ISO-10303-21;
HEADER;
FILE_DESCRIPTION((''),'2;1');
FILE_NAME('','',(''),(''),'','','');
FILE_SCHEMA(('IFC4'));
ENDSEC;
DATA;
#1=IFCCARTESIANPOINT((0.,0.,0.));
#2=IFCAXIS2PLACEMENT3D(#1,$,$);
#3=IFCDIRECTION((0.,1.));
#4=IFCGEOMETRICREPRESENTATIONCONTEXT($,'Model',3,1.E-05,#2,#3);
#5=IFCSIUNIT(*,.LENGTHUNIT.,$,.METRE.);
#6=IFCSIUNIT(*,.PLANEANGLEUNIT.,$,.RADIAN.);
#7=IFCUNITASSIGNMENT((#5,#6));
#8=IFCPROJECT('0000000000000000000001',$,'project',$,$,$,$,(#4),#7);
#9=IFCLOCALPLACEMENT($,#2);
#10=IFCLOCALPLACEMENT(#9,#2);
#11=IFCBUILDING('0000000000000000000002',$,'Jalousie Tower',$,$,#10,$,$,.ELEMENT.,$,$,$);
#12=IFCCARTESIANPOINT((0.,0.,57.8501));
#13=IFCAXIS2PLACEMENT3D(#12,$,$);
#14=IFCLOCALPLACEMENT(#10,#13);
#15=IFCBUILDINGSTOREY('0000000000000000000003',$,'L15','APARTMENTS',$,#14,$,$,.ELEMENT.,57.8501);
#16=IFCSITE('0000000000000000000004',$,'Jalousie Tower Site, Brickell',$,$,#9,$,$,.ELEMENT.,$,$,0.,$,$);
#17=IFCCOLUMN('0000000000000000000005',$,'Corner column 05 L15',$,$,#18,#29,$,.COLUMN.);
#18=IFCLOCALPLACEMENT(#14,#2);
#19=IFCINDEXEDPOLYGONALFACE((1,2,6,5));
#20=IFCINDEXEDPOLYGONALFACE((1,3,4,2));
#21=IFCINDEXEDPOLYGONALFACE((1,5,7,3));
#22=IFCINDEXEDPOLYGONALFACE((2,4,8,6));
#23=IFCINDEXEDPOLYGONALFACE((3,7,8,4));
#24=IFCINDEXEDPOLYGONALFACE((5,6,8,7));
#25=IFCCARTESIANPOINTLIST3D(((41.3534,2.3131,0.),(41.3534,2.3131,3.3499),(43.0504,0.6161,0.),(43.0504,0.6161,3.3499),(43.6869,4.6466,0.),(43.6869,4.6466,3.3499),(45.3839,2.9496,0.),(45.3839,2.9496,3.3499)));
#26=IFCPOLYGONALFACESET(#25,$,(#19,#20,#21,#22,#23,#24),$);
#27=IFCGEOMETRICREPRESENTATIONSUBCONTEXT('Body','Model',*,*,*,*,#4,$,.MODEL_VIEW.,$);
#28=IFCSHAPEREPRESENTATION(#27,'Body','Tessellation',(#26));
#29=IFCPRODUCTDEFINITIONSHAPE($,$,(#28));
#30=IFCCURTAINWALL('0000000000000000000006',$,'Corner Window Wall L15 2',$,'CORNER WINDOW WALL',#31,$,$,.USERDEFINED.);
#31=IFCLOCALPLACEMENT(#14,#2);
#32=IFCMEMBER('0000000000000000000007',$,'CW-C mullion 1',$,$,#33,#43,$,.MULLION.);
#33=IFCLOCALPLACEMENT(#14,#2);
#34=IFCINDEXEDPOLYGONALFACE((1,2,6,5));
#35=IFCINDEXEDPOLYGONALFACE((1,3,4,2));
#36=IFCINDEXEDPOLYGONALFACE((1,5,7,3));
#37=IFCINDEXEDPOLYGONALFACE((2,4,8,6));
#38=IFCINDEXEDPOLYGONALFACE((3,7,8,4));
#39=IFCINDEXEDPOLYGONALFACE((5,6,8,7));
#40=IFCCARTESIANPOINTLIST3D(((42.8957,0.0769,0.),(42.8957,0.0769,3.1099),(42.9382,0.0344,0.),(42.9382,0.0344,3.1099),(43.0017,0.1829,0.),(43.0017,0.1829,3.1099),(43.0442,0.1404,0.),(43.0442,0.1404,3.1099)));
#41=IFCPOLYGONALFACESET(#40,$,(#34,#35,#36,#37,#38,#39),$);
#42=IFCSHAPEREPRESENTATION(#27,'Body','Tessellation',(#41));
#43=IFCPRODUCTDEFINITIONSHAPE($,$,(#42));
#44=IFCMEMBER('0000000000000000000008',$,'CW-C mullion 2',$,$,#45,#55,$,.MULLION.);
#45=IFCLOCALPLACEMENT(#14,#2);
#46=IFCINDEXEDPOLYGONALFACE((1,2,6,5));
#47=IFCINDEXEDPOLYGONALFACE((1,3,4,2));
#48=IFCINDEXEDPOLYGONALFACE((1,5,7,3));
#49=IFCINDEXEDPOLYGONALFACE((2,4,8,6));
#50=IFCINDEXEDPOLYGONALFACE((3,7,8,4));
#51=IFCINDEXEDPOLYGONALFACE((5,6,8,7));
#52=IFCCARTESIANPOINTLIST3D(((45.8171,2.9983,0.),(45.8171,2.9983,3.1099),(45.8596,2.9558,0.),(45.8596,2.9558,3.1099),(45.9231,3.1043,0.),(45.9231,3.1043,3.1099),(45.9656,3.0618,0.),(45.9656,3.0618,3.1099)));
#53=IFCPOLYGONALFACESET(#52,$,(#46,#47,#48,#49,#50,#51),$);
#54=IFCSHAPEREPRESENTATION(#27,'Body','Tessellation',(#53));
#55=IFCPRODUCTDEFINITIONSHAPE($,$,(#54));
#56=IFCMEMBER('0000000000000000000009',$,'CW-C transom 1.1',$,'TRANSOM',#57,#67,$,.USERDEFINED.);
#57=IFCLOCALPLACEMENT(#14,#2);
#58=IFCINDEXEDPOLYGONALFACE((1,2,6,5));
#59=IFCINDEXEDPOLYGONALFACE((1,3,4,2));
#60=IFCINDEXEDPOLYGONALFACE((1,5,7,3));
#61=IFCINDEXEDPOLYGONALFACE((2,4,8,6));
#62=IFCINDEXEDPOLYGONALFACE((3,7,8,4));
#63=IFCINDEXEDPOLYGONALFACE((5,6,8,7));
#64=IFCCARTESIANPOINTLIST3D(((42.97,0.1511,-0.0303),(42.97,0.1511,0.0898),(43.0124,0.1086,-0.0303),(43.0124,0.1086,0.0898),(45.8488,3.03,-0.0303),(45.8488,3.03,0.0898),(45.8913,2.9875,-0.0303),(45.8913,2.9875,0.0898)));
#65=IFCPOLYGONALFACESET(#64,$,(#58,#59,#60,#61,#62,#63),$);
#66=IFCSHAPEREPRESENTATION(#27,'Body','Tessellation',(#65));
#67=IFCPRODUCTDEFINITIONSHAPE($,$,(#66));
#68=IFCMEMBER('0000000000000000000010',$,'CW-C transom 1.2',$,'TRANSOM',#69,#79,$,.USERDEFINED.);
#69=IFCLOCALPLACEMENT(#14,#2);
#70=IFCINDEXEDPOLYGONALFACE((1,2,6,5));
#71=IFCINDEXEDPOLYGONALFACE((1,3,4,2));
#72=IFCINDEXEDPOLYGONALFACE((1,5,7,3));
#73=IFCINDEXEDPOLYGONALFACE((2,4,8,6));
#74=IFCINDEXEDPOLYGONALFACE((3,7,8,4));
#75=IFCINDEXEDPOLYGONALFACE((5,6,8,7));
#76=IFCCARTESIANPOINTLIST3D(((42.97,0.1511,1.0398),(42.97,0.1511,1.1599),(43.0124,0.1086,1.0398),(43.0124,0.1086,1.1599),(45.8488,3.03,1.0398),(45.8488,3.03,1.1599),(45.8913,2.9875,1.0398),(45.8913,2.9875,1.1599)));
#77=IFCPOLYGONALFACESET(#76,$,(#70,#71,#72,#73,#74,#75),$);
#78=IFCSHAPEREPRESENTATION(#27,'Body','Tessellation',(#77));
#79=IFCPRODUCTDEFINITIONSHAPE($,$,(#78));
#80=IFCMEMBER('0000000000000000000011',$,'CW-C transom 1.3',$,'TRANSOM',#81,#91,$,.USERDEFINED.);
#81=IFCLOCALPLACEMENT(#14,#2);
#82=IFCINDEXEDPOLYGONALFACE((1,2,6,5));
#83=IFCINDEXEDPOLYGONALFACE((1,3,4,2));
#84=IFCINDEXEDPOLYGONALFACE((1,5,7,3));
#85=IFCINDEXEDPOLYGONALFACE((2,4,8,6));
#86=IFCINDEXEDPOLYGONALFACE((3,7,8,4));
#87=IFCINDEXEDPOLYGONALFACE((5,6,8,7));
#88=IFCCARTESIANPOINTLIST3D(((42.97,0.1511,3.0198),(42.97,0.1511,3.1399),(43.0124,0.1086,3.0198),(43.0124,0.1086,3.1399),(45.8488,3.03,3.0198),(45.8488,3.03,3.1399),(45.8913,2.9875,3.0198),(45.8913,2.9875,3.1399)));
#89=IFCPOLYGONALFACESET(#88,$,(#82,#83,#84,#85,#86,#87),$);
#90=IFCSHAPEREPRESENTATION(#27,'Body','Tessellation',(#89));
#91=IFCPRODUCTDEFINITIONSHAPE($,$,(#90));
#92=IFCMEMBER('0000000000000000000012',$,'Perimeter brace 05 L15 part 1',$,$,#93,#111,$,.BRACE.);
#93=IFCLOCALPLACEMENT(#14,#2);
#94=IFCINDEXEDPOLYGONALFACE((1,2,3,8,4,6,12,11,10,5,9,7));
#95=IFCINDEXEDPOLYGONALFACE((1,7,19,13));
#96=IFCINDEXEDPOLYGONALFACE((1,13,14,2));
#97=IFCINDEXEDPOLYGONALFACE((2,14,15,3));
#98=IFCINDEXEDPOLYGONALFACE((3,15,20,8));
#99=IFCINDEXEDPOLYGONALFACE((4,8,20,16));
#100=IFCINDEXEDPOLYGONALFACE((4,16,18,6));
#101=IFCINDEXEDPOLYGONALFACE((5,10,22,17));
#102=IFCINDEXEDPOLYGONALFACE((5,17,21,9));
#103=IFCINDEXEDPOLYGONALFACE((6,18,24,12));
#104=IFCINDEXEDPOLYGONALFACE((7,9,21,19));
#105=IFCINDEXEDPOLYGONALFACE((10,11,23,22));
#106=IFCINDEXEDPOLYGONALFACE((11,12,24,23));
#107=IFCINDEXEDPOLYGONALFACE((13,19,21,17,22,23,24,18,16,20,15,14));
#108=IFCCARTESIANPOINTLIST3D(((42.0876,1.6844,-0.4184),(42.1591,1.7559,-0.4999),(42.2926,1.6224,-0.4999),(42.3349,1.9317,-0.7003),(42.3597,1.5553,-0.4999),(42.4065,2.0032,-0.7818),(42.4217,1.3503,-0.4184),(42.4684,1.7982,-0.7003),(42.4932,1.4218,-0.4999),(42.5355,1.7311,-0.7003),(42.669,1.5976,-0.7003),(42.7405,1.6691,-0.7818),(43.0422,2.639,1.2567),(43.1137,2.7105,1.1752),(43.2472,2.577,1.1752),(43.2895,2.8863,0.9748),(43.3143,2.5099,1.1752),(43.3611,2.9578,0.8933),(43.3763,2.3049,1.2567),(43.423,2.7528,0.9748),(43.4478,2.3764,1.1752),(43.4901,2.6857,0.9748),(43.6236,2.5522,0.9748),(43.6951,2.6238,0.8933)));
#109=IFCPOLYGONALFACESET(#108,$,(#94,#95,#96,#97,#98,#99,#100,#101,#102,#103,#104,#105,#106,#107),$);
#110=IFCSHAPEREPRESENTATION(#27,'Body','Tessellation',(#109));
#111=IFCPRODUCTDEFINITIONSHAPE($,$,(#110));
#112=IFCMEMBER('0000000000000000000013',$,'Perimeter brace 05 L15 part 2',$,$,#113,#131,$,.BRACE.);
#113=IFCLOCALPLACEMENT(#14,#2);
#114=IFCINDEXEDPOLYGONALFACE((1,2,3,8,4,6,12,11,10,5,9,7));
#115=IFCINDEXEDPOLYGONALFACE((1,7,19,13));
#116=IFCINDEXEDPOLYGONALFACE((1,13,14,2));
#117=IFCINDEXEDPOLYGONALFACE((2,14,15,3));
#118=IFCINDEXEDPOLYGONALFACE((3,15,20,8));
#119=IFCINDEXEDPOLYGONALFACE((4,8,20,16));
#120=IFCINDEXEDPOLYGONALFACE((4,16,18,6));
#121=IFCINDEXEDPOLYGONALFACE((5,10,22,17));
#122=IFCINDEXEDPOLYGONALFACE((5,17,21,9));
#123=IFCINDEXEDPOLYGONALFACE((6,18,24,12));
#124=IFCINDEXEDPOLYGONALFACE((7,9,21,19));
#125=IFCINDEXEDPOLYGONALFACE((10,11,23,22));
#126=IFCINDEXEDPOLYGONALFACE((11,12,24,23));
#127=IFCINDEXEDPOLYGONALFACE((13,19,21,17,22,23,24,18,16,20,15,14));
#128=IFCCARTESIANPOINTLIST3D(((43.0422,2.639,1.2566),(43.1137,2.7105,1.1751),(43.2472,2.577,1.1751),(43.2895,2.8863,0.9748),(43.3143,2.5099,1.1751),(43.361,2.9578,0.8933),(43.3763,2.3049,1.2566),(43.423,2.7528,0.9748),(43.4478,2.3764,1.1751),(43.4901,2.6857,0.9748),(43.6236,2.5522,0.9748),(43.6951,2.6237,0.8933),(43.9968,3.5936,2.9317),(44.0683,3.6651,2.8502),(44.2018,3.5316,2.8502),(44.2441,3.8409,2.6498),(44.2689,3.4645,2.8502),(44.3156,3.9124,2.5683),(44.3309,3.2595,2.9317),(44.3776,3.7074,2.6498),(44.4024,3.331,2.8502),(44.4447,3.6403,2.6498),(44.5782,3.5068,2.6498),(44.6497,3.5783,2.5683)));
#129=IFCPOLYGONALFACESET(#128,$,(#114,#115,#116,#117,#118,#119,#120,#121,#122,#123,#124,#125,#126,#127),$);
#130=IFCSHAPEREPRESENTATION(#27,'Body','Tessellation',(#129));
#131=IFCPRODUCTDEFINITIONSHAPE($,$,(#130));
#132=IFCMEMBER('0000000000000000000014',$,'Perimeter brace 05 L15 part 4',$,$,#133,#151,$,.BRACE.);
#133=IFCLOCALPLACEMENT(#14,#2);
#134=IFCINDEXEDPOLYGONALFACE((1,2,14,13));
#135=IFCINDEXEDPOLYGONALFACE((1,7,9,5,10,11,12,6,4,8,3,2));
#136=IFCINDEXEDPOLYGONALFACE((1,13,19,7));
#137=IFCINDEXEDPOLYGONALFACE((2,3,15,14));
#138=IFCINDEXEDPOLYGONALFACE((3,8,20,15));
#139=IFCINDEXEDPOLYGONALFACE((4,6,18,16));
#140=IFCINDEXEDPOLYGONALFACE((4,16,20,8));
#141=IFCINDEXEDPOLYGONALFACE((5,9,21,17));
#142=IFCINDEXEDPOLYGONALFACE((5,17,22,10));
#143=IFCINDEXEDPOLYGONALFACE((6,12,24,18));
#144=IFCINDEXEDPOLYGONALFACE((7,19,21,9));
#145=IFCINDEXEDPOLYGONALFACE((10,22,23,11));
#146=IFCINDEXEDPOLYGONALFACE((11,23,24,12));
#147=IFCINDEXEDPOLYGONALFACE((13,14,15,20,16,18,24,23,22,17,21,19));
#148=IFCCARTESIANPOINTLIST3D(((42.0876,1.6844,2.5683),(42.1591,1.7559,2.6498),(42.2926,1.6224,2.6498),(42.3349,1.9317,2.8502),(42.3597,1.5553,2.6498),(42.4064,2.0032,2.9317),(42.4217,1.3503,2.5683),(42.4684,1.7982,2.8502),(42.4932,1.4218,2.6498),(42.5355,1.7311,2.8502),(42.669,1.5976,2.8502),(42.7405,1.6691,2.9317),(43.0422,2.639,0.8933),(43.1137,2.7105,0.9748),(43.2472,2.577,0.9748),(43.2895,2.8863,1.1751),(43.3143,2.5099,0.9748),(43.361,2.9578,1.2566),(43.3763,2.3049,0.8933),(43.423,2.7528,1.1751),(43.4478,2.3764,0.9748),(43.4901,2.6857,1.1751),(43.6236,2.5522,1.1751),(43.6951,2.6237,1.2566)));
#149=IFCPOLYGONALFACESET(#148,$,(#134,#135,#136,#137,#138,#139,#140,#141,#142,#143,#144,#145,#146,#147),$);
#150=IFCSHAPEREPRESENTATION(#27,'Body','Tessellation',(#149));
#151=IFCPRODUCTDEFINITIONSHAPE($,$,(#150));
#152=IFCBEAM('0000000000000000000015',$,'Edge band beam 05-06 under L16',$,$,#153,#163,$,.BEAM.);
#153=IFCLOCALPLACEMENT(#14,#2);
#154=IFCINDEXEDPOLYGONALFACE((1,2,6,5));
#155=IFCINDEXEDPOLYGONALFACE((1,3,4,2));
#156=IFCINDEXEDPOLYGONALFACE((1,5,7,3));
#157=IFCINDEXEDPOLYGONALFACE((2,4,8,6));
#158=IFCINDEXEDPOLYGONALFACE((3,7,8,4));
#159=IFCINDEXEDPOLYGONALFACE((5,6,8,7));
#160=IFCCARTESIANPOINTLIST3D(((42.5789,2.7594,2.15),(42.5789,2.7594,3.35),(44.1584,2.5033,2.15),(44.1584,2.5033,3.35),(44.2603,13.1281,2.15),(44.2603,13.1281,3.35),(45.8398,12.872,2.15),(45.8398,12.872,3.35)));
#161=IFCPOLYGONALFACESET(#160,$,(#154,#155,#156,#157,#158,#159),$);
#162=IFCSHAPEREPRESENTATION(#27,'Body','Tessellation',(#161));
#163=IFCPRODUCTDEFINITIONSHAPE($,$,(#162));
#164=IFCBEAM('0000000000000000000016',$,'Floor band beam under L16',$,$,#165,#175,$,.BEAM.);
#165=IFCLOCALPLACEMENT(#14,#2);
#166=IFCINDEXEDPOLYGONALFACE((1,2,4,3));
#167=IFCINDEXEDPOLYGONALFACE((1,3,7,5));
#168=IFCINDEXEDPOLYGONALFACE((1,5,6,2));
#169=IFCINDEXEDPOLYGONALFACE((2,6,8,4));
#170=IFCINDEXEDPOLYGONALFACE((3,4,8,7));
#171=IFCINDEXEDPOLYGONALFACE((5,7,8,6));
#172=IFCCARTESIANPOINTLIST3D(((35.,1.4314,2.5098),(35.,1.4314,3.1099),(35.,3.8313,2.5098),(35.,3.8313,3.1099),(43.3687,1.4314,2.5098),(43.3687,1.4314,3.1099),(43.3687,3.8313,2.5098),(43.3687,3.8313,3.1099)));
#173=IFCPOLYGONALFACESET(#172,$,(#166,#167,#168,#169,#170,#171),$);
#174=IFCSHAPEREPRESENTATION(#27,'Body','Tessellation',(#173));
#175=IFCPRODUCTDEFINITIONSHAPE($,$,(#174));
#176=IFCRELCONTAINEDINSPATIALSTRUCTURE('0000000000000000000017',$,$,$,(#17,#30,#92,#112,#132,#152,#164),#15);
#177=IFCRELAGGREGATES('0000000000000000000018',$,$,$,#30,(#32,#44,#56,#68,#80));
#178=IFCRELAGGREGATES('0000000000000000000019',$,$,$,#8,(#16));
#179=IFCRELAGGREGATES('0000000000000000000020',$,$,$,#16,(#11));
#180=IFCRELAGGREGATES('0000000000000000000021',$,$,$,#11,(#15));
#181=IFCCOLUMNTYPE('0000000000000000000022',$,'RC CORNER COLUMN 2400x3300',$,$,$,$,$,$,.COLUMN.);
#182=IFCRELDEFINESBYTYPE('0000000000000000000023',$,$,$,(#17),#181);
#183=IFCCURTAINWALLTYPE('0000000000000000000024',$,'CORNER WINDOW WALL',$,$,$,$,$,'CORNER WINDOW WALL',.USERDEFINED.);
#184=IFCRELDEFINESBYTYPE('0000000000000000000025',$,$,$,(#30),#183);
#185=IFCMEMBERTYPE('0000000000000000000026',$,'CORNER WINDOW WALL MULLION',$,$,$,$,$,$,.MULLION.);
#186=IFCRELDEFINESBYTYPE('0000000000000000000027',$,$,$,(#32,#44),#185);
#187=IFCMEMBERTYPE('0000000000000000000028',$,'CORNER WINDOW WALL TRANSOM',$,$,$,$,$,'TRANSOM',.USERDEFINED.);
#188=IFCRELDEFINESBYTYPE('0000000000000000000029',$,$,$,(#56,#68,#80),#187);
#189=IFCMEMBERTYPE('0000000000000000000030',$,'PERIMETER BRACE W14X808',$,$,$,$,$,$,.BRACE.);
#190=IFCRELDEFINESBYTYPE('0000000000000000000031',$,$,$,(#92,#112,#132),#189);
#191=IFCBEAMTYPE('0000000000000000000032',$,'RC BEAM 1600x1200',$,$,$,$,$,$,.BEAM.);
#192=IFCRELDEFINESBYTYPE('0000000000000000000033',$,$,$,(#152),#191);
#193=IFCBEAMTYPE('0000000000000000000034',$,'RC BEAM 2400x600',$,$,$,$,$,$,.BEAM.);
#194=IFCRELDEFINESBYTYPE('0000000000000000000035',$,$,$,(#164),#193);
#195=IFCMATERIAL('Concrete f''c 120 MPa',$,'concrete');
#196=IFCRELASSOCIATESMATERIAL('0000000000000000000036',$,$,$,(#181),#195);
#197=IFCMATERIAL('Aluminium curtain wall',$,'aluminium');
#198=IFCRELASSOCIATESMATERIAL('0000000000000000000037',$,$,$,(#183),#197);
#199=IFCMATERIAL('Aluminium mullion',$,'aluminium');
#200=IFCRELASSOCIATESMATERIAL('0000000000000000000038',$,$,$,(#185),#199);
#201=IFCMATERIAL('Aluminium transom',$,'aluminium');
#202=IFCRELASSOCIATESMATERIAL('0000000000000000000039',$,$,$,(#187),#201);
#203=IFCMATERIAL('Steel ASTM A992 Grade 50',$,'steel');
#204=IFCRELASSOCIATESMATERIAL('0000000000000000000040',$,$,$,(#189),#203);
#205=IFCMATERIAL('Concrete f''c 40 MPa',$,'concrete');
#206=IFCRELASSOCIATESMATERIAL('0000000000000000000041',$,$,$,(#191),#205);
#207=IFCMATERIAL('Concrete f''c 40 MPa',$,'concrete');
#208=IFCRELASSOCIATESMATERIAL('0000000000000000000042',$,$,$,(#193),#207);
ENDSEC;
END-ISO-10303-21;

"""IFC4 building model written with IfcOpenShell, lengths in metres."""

from ifc_helpers import new_model, si_unit, direction, frame, origin, origin_2d, place, context, subcontext, project, spatial, rectangle, i_section, extrude, material, material_profile, profile_set, type_object, element, aggregate, save


model = new_model("IFC4")

# Units and contexts
model_context = context("Model", 3, precision=1e-05, world=origin(), true_north=direction((0.0, 1.0)))
body_context = subcontext(model_context, "Body", "Model", "MODEL_VIEW")
ifc_project = project(units=[si_unit("LENGTHUNIT", "METRE"), si_unit("PLANEANGLEUNIT", "RADIAN")], contexts=[model_context])

# Site, building, storey
site_placement = place(None, origin())
site = spatial("IfcSite", under=ifc_project, at=site_placement, Name="Jalousie Tower Site, Brickell", CompositionType="ELEMENT", RefElevation=0.0)
building_placement = place(site_placement, origin())
building = spatial("IfcBuilding", under=site, at=building_placement, Name="Jalousie Tower", CompositionType="ELEMENT")
storey_placement = place(building_placement, frame((0.0, 0.0, 57.8501)))
storey = spatial("IfcBuildingStorey", under=building, at=storey_placement, Name="L15", Description="APARTMENTS", CompositionType="ELEMENT", Elevation=57.8501)

# Column
ifc_material_1 = material(Name="Concrete f'c 120 MPa", Category="concrete")
ifc_material_profile_1 = material_profile(ifc_material_1, rectangle(XDim=2.3999, YDim=3.3, at=origin_2d()), Name="RC 2400x3300")
ifc_profile_set_1 = profile_set([ifc_material_profile_1], Name="Concrete f'c 120 MPa")
column_type = type_object("IfcColumnType", Name="RC CORNER COLUMN 2400x3300", PredefinedType="COLUMN", material=ifc_profile_set_1)
column_placement = place(storey_placement, frame((43.3687, 2.6313, 0.0), z_axis=(0.0, 0.0, 1.0), x_axis=(-0.707107, 0.707107, 0.0)))
element("IfcColumn", 1, at=column_placement, inside=storey, type_object=column_type, Name="Corner column 05 L15", PredefinedType="COLUMN", context=body_context, shape_type="SweptSolid", body=[
    extrude(rectangle(XDim=2.3999, YDim=3.3, at=origin_2d()), origin(), (0.0, 0.0, 1.0), 3.3499),
])

# Curtain wall, members
ifc_material_2 = material(Name="Aluminium curtain wall", Category="aluminium")
curtain_wall_type_1 = type_object("IfcCurtainWallType", Name="CORNER WINDOW WALL", ElementType="CORNER WINDOW WALL", PredefinedType="USERDEFINED", material=ifc_material_2)
curtain_wall_1_placement = place(storey_placement, origin())
curtain_wall_1 = element("IfcCurtainWall", 2, at=curtain_wall_1_placement, inside=storey, type_object=curtain_wall_type_1, Name="Corner Window Wall L15 2", ObjectType="CORNER WINDOW WALL", PredefinedType="USERDEFINED")
ifc_material_3 = material(Name="Aluminium mullion", Category="aluminium")
ifc_material_profile_2 = material_profile(ifc_material_3, rectangle(XDim=0.0601, YDim=0.1499, at=origin_2d()), Name="MULLION 60x150")
ifc_profile_set_2 = profile_set([ifc_material_profile_2], Name="Aluminium mullion")
member_type_1 = type_object("IfcMemberType", Name="CORNER WINDOW WALL MULLION", PredefinedType="MULLION", material=ifc_profile_set_2)
member_1_placement = place(storey_placement, frame((42.97, 0.1086, 0.0), z_axis=(0.0, 0.0, 1.0), x_axis=(-0.707107, 0.707107, 0.0)))
member_1 = element("IfcMember", 3, at=member_1_placement, type_object=member_type_1, Name="CW-C mullion 1", PredefinedType="MULLION", context=body_context, shape_type="SweptSolid", body=[
    extrude(rectangle(XDim=0.0601, YDim=0.1499, at=origin_2d()), origin(), (0.0, 0.0, 1.0), 3.1099),
])
member_2_placement = place(storey_placement, frame((45.8914, 3.03, 0.0), z_axis=(0.0, 0.0, 1.0), x_axis=(-0.707107, 0.707107, 0.0)))
member_2 = element("IfcMember", 4, at=member_2_placement, type_object=member_type_1, Name="CW-C mullion 2", PredefinedType="MULLION", context=body_context, shape_type="SweptSolid", body=[
    extrude(rectangle(XDim=0.0601, YDim=0.1499, at=origin_2d()), origin(), (0.0, 0.0, 1.0), 3.1099),
])
ifc_material_4 = material(Name="Aluminium transom", Category="aluminium")
ifc_material_profile_3 = material_profile(ifc_material_4, rectangle(XDim=0.0601, YDim=0.1201, at=origin_2d()), Name="TRANSOM 60x120")
ifc_profile_set_3 = profile_set([ifc_material_profile_3], Name="Aluminium transom")
member_type_2 = type_object("IfcMemberType", Name="CORNER WINDOW WALL TRANSOM", ElementType="TRANSOM", PredefinedType="USERDEFINED", material=ifc_profile_set_3)
member_3_placement = place(storey_placement, frame((42.9912, 0.1299, 0.0298), z_axis=(0.707107, 0.707107, 0.0), x_axis=(-0.707107, 0.707107, 0.0)))
member_3 = element("IfcMember", 5, at=member_3_placement, type_object=member_type_2, Name="CW-C transom 1.1", ObjectType="TRANSOM", PredefinedType="USERDEFINED", context=body_context, shape_type="SweptSolid", body=[
    extrude(rectangle(XDim=0.0601, YDim=0.1201, at=origin_2d()), origin(), (0.0, 0.0, 1.0), 4.0713),
])
member_4_placement = place(storey_placement, frame((42.9912, 0.1299, 1.0999), z_axis=(0.707107, 0.707107, 0.0), x_axis=(-0.707107, 0.707107, 0.0)))
member_4 = element("IfcMember", 6, at=member_4_placement, type_object=member_type_2, Name="CW-C transom 1.2", ObjectType="TRANSOM", PredefinedType="USERDEFINED", context=body_context, shape_type="SweptSolid", body=[
    extrude(rectangle(XDim=0.0601, YDim=0.1201, at=origin_2d()), origin(), (0.0, 0.0, 1.0), 4.0713),
])
member_5_placement = place(storey_placement, frame((42.9912, 0.1299, 3.0798), z_axis=(0.707107, 0.707107, 0.0), x_axis=(-0.707107, 0.707107, 0.0)))
member_5 = element("IfcMember", 7, at=member_5_placement, type_object=member_type_2, Name="CW-C transom 1.3", ObjectType="TRANSOM", PredefinedType="USERDEFINED", context=body_context, shape_type="SweptSolid", body=[
    extrude(rectangle(XDim=0.0601, YDim=0.1201, at=origin_2d()), origin(), (0.0, 0.0, 1.0), 4.0713),
])

# Members
ifc_material_5 = material(Name="Steel ASTM A992 Grade 50", Category="steel")
ifc_material_profile_4 = material_profile(ifc_material_5, i_section(OverallWidth=0.4724, OverallDepth=0.5791, WebThickness=0.095, FlangeThickness=0.1299, at=origin_2d()), Name="W14X808")
ifc_profile_set_4 = profile_set([ifc_material_profile_4], Name="Steel ASTM A992 Grade 50")
member_type_3 = type_object("IfcMemberType", Name="PERIMETER BRACE W14X808", PredefinedType="BRACE", material=ifc_profile_set_4)
for number, where, z_axis, x_axis, name in (
    (8, (42.4141, 1.6768, -0.6001), (0.443718, 0.443718, 0.778607), (-0.707107, 0.707107, 0.0), "Perimeter brace 05 L15 part 1"),
    (9, (43.3687, 2.6313, 1.075), (0.443718, 0.443718, 0.778607), (-0.707107, 0.707107, 0.0), "Perimeter brace 05 L15 part 2"),
    (10, (43.3687, 2.6313, 1.075), (-0.443718, -0.443718, 0.778607), (0.707107, -0.707107, 0.0), "Perimeter brace 05 L15 part 4"),
):
    element("IfcMember", number, at=place(storey_placement, frame(where, z_axis=z_axis, x_axis=x_axis)), inside=storey, type_object=member_type_3, Name=name, PredefinedType="BRACE", context=body_context, shape_type="SweptSolid", body=[
        extrude(i_section(OverallWidth=0.4724, OverallDepth=0.5791, WebThickness=0.095, FlangeThickness=0.1299, at=origin_2d()), origin(), (0.0, 0.0, 1.0), 2.1514),
    ])

# Beams
ifc_material_6 = material(Name="Concrete f'c 40 MPa", Category="concrete")
ifc_material_profile_5 = material_profile(ifc_material_6, rectangle(XDim=1.6001, YDim=1.2, at=origin_2d()), Name="RC 1600x1200")
ifc_profile_set_5 = profile_set([ifc_material_profile_5], Name="Concrete f'c 40 MPa")
beam_type_1 = type_object("IfcBeamType", Name="RC BEAM 1600x1200", PredefinedType="BEAM", material=ifc_profile_set_5)
beam_1_placement = place(storey_placement, frame((43.3687, 2.6313, 2.75), z_axis=(0.160071, 0.987106, 0.0), x_axis=(-0.987106, 0.160071, 0.0)))
element("IfcBeam", 11, at=beam_1_placement, inside=storey, type_object=beam_type_1, Name="Edge band beam 05-06 under L16", PredefinedType="BEAM", context=body_context, shape_type="SweptSolid", body=[
    extrude(rectangle(XDim=1.6001, YDim=1.2, at=origin_2d()), origin(), (0.0, 0.0, 1.0), 10.5042),
])
ifc_material_7 = material(Name="Concrete f'c 40 MPa", Category="concrete")
ifc_material_profile_6 = material_profile(ifc_material_7, rectangle(XDim=2.3999, YDim=0.6001, at=origin_2d()), Name="RC 2400x600")
ifc_profile_set_6 = profile_set([ifc_material_profile_6], Name="Concrete f'c 40 MPa")
beam_type_2 = type_object("IfcBeamType", Name="RC BEAM 2400x600", PredefinedType="BEAM", material=ifc_profile_set_6)
beam_2_placement = place(storey_placement, frame((43.3687, 2.6313, 2.8098), z_axis=(-1.0, 0.0, 0.0), x_axis=(0.0, -1.0, 0.0)))
element("IfcBeam", 12, at=beam_2_placement, inside=storey, type_object=beam_type_2, Name="Floor band beam under L16", PredefinedType="BEAM", context=body_context, shape_type="SweptSolid", body=[
    extrude(rectangle(XDim=2.3999, YDim=0.6001, at=origin_2d()), origin(), (0.0, 0.0, 1.0), 8.3687),
])

aggregate(curtain_wall_1, [member_1, member_2, member_3, member_4, member_5])

save(model, "model.ifc")
